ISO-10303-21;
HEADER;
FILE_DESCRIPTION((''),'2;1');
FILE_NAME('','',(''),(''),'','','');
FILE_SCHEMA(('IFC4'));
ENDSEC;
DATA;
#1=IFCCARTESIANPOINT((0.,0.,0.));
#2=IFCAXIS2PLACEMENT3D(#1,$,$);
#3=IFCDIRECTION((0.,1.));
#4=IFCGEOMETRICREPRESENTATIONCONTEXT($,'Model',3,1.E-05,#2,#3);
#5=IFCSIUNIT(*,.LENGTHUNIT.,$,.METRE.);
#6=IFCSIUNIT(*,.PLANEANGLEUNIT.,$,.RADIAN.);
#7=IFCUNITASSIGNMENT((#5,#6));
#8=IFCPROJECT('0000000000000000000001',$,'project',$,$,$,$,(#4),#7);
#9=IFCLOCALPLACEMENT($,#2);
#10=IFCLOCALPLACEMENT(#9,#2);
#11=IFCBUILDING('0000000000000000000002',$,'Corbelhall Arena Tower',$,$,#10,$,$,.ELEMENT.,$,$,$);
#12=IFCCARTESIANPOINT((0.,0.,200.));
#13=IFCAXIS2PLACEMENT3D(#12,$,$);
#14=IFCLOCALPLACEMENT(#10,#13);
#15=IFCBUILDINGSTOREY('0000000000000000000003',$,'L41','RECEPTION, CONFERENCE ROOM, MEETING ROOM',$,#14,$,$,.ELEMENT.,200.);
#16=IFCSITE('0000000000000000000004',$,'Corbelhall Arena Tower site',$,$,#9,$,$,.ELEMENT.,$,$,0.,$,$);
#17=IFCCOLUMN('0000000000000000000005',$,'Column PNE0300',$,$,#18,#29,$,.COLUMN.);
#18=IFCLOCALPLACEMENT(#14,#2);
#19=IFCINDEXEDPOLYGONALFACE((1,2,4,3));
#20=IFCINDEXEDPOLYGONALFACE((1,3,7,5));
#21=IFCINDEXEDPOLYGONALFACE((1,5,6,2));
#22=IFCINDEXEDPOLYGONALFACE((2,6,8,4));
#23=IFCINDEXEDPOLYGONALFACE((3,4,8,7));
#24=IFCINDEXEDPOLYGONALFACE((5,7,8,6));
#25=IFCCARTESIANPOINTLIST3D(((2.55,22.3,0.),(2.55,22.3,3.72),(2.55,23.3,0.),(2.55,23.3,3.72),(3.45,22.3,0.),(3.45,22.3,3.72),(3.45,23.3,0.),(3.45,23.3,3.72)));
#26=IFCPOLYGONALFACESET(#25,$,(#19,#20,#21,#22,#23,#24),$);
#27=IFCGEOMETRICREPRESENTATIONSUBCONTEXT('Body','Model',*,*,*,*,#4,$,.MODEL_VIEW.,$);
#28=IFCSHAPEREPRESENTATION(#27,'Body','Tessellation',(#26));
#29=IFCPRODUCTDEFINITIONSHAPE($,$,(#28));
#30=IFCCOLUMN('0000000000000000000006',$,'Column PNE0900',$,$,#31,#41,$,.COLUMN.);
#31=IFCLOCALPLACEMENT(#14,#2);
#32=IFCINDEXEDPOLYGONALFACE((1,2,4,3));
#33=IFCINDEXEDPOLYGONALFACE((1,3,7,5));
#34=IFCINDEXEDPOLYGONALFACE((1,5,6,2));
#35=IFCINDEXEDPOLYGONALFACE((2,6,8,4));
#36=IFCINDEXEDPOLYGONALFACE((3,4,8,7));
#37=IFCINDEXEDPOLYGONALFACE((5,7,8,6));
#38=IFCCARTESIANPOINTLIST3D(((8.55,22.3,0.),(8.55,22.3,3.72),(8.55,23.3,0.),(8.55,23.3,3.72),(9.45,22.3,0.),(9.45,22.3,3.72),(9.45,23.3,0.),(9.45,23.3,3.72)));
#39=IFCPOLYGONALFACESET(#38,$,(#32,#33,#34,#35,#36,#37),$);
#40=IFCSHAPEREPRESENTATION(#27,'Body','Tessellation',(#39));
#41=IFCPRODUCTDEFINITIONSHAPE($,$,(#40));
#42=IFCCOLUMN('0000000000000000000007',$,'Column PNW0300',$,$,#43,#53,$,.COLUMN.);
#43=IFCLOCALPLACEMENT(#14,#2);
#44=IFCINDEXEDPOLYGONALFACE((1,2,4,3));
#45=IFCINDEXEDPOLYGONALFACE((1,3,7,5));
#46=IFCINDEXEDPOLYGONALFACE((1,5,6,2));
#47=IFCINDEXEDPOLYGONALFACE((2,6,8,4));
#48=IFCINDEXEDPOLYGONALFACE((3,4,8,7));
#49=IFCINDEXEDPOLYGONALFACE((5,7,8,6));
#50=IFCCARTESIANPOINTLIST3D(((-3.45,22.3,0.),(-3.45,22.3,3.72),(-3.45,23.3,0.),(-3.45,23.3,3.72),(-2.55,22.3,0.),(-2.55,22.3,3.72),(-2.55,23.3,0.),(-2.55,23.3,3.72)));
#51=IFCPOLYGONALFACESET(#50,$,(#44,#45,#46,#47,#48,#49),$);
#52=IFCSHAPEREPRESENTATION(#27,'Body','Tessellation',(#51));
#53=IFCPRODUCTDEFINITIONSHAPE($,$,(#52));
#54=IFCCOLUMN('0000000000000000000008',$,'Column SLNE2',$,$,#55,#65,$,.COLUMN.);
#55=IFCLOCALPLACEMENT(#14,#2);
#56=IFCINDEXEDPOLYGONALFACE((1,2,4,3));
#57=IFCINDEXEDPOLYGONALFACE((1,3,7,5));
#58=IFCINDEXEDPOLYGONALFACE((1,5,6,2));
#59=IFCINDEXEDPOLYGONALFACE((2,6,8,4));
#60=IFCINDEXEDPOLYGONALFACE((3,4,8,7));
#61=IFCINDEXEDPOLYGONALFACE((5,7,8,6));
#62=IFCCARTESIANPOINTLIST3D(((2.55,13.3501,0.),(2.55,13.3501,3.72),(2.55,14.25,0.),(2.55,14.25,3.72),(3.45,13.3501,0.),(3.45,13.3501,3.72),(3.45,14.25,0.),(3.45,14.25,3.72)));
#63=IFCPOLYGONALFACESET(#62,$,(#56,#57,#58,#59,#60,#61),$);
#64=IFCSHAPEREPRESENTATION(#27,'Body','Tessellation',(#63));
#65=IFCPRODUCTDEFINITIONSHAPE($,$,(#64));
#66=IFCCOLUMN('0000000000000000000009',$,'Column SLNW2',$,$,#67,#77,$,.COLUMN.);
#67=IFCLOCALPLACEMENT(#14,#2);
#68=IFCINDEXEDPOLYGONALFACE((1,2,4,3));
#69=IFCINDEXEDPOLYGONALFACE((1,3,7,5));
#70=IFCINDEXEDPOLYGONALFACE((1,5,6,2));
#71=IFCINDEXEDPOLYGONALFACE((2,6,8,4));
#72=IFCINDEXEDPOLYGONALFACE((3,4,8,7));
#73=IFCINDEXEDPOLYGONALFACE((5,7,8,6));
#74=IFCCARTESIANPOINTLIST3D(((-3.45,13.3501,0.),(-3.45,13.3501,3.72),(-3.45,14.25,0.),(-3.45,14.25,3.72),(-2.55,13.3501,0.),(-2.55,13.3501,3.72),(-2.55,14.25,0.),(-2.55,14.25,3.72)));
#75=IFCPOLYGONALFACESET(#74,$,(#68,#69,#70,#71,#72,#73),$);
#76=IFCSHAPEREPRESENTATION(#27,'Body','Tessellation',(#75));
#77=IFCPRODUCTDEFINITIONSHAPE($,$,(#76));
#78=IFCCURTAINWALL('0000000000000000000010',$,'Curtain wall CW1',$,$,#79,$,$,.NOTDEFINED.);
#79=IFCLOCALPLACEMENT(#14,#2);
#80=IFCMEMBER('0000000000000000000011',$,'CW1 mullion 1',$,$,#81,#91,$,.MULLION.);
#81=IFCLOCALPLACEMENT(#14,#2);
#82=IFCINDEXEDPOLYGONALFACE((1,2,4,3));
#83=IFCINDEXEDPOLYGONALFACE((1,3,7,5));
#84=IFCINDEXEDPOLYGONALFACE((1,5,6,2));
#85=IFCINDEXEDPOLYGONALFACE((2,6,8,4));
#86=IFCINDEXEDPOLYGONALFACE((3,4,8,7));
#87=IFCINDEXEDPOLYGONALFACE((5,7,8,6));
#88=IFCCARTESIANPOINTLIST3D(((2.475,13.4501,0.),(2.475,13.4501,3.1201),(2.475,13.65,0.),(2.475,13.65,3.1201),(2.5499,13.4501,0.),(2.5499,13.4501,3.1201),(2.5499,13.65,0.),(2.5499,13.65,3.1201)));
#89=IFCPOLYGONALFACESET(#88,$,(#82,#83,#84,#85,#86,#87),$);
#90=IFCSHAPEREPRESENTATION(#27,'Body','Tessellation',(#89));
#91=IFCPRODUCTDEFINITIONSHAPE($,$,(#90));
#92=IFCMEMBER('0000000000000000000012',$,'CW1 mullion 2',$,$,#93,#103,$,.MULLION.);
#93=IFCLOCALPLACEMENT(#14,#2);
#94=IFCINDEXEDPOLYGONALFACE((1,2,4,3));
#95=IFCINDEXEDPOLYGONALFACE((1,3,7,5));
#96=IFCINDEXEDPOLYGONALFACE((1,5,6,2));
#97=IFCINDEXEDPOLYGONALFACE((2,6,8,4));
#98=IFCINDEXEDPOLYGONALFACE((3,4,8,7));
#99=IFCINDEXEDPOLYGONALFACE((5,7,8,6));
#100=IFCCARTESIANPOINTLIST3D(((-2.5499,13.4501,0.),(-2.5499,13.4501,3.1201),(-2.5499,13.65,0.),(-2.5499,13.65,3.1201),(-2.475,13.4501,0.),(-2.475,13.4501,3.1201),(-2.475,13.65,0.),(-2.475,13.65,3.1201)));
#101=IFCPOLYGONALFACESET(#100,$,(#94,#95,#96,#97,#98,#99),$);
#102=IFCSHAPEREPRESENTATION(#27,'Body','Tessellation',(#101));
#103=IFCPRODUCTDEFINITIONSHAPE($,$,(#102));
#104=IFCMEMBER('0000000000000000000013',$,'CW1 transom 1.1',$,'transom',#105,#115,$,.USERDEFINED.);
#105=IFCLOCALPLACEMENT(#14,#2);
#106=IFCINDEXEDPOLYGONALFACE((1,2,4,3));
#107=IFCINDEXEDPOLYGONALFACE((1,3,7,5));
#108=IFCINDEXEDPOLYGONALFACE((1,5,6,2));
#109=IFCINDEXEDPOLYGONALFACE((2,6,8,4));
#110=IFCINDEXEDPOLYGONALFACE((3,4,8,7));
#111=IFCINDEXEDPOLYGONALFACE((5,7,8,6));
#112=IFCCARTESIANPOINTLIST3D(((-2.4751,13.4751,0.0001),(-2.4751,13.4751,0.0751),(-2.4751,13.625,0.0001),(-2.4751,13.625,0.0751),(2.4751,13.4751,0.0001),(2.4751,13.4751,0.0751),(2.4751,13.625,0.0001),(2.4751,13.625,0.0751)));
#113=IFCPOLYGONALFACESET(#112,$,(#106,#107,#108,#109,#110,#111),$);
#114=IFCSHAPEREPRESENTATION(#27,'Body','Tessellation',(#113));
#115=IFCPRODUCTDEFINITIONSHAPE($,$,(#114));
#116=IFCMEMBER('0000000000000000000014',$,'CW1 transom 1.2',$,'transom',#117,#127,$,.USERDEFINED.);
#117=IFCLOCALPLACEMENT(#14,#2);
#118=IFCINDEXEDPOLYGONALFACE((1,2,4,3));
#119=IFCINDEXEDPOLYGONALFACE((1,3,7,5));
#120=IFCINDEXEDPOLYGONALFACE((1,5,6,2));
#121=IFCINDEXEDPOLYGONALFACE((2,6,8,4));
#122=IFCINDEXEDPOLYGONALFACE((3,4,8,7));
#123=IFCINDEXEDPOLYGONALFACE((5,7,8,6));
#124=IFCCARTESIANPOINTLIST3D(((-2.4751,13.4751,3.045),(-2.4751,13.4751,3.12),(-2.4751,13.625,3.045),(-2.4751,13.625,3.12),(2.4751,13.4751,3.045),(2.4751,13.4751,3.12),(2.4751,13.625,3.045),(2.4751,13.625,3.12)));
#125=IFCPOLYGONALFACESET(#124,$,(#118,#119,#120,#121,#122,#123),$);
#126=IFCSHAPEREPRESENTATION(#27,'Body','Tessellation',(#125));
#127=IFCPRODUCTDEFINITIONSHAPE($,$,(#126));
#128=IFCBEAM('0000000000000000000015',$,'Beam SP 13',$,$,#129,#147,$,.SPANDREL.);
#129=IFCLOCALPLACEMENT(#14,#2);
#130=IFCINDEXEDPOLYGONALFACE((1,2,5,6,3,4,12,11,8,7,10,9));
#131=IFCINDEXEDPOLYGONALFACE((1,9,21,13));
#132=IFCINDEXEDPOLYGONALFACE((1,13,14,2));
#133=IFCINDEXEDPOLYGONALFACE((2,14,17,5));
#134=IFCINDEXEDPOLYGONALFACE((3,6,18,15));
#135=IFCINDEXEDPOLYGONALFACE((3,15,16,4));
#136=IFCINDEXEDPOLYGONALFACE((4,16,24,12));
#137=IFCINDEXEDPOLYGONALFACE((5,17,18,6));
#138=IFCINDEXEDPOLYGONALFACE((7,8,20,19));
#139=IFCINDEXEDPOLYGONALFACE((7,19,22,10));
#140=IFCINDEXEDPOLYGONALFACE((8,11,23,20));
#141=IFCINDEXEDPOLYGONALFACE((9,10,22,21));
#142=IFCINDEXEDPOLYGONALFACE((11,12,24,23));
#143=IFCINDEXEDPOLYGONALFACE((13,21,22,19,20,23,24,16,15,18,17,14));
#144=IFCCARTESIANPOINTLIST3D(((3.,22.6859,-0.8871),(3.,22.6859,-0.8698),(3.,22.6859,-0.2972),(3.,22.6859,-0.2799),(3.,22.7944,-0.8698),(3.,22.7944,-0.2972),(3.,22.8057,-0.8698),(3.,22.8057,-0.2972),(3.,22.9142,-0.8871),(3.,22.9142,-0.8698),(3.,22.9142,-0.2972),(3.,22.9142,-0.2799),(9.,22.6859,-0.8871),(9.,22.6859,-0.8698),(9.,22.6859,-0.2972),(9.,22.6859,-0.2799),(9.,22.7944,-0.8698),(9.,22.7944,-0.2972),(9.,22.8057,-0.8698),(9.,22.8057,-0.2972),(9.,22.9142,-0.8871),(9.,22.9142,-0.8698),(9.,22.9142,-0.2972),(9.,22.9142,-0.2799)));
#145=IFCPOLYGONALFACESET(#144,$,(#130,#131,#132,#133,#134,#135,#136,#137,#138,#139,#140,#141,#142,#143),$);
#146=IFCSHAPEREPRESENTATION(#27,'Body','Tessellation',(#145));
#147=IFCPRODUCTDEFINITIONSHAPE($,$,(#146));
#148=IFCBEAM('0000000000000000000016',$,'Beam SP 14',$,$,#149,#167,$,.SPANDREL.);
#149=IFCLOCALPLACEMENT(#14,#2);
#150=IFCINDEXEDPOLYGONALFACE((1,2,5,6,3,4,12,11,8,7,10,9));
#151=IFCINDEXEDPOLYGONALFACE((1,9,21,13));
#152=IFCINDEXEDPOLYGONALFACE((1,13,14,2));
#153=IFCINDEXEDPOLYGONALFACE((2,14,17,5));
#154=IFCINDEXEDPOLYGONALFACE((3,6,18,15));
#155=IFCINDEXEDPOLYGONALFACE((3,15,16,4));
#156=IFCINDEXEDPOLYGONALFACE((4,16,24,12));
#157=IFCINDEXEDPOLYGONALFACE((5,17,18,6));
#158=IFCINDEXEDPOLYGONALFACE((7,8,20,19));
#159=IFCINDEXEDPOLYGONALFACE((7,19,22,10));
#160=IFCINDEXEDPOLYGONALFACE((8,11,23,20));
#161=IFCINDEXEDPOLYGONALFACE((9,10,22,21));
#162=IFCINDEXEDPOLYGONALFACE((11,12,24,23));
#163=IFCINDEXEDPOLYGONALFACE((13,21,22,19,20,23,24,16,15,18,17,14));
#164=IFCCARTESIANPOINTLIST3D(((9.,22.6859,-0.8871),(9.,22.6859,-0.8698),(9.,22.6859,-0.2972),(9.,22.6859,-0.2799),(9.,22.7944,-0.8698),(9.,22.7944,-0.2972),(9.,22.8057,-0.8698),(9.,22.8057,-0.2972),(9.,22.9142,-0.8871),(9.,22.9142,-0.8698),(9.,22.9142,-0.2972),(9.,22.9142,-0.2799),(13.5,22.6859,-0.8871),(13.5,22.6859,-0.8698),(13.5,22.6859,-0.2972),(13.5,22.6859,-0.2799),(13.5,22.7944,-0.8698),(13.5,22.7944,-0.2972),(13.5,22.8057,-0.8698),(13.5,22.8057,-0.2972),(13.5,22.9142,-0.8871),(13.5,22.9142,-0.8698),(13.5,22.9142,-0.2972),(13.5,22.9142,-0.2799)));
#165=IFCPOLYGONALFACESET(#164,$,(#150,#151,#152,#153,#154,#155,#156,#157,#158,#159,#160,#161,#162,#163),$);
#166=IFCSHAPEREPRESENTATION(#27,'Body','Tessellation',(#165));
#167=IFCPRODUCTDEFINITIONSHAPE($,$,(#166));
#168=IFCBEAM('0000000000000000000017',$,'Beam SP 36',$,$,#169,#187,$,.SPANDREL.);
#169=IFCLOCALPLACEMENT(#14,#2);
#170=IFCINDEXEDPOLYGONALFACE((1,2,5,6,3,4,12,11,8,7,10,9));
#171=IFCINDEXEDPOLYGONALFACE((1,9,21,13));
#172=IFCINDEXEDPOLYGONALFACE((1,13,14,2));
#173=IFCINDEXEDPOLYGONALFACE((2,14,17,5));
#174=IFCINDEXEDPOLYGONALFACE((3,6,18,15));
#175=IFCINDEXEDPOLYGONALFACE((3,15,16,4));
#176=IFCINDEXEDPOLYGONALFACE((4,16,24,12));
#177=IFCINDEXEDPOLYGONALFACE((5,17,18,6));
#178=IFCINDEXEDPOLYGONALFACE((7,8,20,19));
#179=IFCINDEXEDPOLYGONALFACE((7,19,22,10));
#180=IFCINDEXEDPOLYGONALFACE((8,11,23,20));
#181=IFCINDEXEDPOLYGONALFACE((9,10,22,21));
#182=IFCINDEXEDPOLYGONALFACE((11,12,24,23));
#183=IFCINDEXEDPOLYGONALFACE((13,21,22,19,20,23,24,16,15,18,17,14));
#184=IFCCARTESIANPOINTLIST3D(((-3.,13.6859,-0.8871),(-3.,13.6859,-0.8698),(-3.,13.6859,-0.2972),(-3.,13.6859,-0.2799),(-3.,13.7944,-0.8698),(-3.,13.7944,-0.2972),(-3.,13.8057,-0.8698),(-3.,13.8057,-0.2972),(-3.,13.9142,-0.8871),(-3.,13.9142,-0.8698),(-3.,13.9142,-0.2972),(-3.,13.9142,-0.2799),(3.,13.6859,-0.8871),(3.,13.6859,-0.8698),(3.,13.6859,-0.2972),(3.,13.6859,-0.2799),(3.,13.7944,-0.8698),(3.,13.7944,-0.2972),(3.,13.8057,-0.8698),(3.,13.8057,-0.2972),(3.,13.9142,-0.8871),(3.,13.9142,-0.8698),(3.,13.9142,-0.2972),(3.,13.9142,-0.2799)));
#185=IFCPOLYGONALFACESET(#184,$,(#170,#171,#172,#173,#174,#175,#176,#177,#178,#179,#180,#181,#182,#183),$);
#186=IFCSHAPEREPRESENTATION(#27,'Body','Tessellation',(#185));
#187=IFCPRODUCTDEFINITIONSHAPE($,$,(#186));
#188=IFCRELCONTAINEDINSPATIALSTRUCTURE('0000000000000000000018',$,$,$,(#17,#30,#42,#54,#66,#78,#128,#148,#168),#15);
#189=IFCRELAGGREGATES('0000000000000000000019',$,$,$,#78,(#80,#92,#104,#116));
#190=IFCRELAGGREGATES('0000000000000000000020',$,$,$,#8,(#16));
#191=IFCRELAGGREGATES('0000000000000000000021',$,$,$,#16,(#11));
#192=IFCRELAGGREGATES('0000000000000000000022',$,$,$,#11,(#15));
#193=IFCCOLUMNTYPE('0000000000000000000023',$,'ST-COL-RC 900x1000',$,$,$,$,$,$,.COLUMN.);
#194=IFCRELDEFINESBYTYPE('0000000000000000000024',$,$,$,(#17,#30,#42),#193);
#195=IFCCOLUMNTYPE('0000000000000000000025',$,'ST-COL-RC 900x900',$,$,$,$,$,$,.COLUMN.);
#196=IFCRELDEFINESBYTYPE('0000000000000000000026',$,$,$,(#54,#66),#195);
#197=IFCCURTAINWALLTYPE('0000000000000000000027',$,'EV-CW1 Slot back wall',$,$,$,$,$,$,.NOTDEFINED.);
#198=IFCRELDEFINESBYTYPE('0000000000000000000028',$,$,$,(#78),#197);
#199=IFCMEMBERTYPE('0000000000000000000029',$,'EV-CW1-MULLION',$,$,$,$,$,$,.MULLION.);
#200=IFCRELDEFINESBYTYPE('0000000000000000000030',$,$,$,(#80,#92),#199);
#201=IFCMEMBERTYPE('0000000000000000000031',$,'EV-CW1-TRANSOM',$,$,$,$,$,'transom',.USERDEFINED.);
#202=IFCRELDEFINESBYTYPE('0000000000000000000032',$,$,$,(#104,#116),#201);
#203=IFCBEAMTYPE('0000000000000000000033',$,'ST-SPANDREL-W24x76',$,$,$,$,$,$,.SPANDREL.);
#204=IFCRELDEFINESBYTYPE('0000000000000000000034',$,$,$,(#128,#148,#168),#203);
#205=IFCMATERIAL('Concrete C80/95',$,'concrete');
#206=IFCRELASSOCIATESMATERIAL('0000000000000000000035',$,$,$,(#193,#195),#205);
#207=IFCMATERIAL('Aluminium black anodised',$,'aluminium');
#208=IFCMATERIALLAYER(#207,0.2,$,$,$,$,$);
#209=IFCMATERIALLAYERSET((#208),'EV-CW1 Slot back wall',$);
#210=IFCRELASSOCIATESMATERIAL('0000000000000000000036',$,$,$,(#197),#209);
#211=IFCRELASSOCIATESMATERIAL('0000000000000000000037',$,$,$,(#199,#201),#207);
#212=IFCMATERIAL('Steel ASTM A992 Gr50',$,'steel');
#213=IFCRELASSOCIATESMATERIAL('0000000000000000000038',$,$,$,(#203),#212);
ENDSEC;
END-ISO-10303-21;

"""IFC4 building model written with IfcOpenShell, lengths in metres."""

from ifc_helpers import new_model, si_unit, direction, frame, origin, origin_2d, place, context, subcontext, project, spatial, rectangle, i_section, extrude, material, layer, layer_set, material_profile, profile_set, type_object, element, aggregate, save


model = new_model("IFC4")

# Units and contexts
model_context = context("Model", 3, precision=1e-05, world=origin(), true_north=direction((0.0, 1.0)))
body_context = subcontext(model_context, "Body", "Model", "MODEL_VIEW")
ifc_project = project(units=[si_unit("LENGTHUNIT", "METRE"), si_unit("PLANEANGLEUNIT", "RADIAN")], contexts=[model_context])

# Site, building, storey
site_placement = place(None, origin())
site = spatial("IfcSite", under=ifc_project, at=site_placement, Name="Corbelhall Arena Tower site", CompositionType="ELEMENT", RefElevation=0.0)
building_placement = place(site_placement, origin())
building = spatial("IfcBuilding", under=site, at=building_placement, Name="Corbelhall Arena Tower", CompositionType="ELEMENT")
storey_placement = place(building_placement, frame((0.0, 0.0, 200.0)))
storey = spatial("IfcBuildingStorey", under=building, at=storey_placement, Name="L41", Description="RECEPTION, CONFERENCE ROOM, MEETING ROOM", CompositionType="ELEMENT", Elevation=200.0)

# Columns
ifc_material_1 = material(Name="Concrete C80/95", Category="concrete")
ifc_material_profile_1 = material_profile(ifc_material_1, rectangle(XDim=0.8999, YDim=1.0, at=origin_2d()))
ifc_profile_set_1 = profile_set([ifc_material_profile_1], Name="Concrete C80/95")
column_type_1 = type_object("IfcColumnType", Name="ST-COL-RC 900x1000", PredefinedType="COLUMN", material=ifc_profile_set_1)
for number, where, z_axis, x_axis, name in (
    (1, (3.0, 22.8, 0.0), (0.0, 0.0, 1.0), (1.0, 0.0, 0.0), "Column PNE0300"),
    (2, (9.0, 22.8, 0.0), (0.0, 0.0, 1.0), (1.0, 0.0, 0.0), "Column PNE0900"),
    (3, (-3.0, 22.8, 0.0), (0.0, 0.0, 1.0), (1.0, 0.0, 0.0), "Column PNW0300"),
):
    element("IfcColumn", number, at=place(storey_placement, frame(where, z_axis=z_axis, x_axis=x_axis)), inside=storey, type_object=column_type_1, Name=name, PredefinedType="COLUMN", context=body_context, shape_type="SweptSolid", body=[
        extrude(rectangle(XDim=0.8999, YDim=1.0, at=origin_2d()), origin(), (0.0, 0.0, 1.0), 3.72),
    ])
ifc_material_profile_2 = material_profile(ifc_material_1, rectangle(XDim=0.8999, YDim=0.8999, at=origin_2d()))
ifc_profile_set_2 = profile_set([ifc_material_profile_2], Name="Concrete C80/95")
column_type_2 = type_object("IfcColumnType", Name="ST-COL-RC 900x900", PredefinedType="COLUMN", material=ifc_profile_set_2)
for number, where, z_axis, x_axis, name in (
    (4, (3.0, 13.8, 0.0), (0.0, 0.0, 1.0), (1.0, 0.0, 0.0), "Column SLNE2"),
    (5, (-3.0, 13.8, 0.0), (0.0, 0.0, 1.0), (1.0, 0.0, 0.0), "Column SLNW2"),
):
    element("IfcColumn", number, at=place(storey_placement, frame(where, z_axis=z_axis, x_axis=x_axis)), inside=storey, type_object=column_type_2, Name=name, PredefinedType="COLUMN", context=body_context, shape_type="SweptSolid", body=[
        extrude(rectangle(XDim=0.8999, YDim=0.8999, at=origin_2d()), origin(), (0.0, 0.0, 1.0), 3.72),
    ])

# Curtain wall, members
ifc_material_2 = material(Name="Aluminium black anodised", Category="aluminium")
ifc_layer_1 = layer(ifc_material_2, 0.2)
ifc_layer_set_1 = layer_set([ifc_layer_1], Name="EV-CW1 Slot back wall")
curtain_wall_type = type_object("IfcCurtainWallType", Name="EV-CW1 Slot back wall", PredefinedType="NOTDEFINED", material=ifc_layer_set_1)
curtain_wall_placement = place(storey_placement, origin())
curtain_wall = element("IfcCurtainWall", 6, at=curtain_wall_placement, inside=storey, type_object=curtain_wall_type, Name="Curtain wall CW1", PredefinedType="NOTDEFINED")
ifc_material_profile_3 = material_profile(ifc_material_2, rectangle(XDim=0.2, YDim=0.075, at=origin_2d()))
ifc_profile_set_3 = profile_set([ifc_material_profile_3], Name="Aluminium black anodised")
member_type_1 = type_object("IfcMemberType", Name="EV-CW1-MULLION", PredefinedType="MULLION", material=ifc_profile_set_3)
member_1_placement = place(storey_placement, frame((2.5125, 13.55, 0.0), z_axis=(0.0, 0.0, 1.0), x_axis=(0.0, -1.0, 0.0)))
member_1 = element("IfcMember", 7, at=member_1_placement, type_object=member_type_1, Name="CW1 mullion 1", PredefinedType="MULLION", context=body_context, shape_type="SweptSolid", body=[
    extrude(rectangle(XDim=0.2, YDim=0.075, at=origin_2d()), origin(), (0.0, 0.0, 1.0), 3.1201),
])
member_2_placement = place(storey_placement, frame((-2.5125, 13.55, 0.0), z_axis=(0.0, 0.0, 1.0), x_axis=(0.0, -1.0, 0.0)))
member_2 = element("IfcMember", 8, at=member_2_placement, type_object=member_type_1, Name="CW1 mullion 2", PredefinedType="MULLION", context=body_context, shape_type="SweptSolid", body=[
    extrude(rectangle(XDim=0.2, YDim=0.075, at=origin_2d()), origin(), (0.0, 0.0, 1.0), 3.1201),
])
ifc_material_profile_4 = material_profile(ifc_material_2, rectangle(XDim=0.1499, YDim=0.075, at=origin_2d()))
ifc_profile_set_4 = profile_set([ifc_material_profile_4], Name="Aluminium black anodised")
member_type_2 = type_object("IfcMemberType", Name="EV-CW1-TRANSOM", ElementType="transom", PredefinedType="USERDEFINED", material=ifc_profile_set_4)
member_3_placement = place(storey_placement, frame((2.4751, 13.55, 0.0376), z_axis=(-1.0, 0.0, 0.0), x_axis=(0.0, -1.0, 0.0)))
member_3 = element("IfcMember", 9, at=member_3_placement, type_object=member_type_2, Name="CW1 transom 1.1", ObjectType="transom", PredefinedType="USERDEFINED", context=body_context, shape_type="SweptSolid", body=[
    extrude(rectangle(XDim=0.1499, YDim=0.075, at=origin_2d()), origin(), (0.0, 0.0, 1.0), 4.9502),
])
member_4_placement = place(storey_placement, frame((2.4751, 13.55, 3.0825), z_axis=(-1.0, 0.0, 0.0), x_axis=(0.0, -1.0, 0.0)))
member_4 = element("IfcMember", 10, at=member_4_placement, type_object=member_type_2, Name="CW1 transom 1.2", ObjectType="transom", PredefinedType="USERDEFINED", context=body_context, shape_type="SweptSolid", body=[
    extrude(rectangle(XDim=0.1499, YDim=0.075, at=origin_2d()), origin(), (0.0, 0.0, 1.0), 4.9502),
])

# Beams
ifc_material_3 = material(Name="Steel ASTM A992 Gr50", Category="steel")
ifc_material_profile_5 = material_profile(ifc_material_3, i_section(OverallWidth=0.2283, OverallDepth=0.6072, WebThickness=0.0112, FlangeThickness=0.0173, at=origin_2d()))
ifc_profile_set_5 = profile_set([ifc_material_profile_5], Name="Steel ASTM A992 Gr50")
beam_type_1 = type_object("IfcBeamType", Name="ST-SPANDREL-W24x76", PredefinedType="SPANDREL", material=ifc_profile_set_5)
beam_1_placement = place(storey_placement, frame((3.0, 22.8, -0.5835), z_axis=(1.0, 0.0, 0.0), x_axis=(0.0, 1.0, 0.0)))
element("IfcBeam", 11, at=beam_1_placement, inside=storey, type_object=beam_type_1, Name="Beam SP 13", PredefinedType="SPANDREL", context=body_context, shape_type="SweptSolid", body=[
    extrude(i_section(OverallWidth=0.2283, OverallDepth=0.6072, WebThickness=0.0112, FlangeThickness=0.0173, at=origin_2d()), origin(), (0.0, 0.0, 1.0), 6.0),
])
beam_2_placement = place(storey_placement, frame((9.0, 22.8, -0.5835), z_axis=(1.0, 0.0, 0.0), x_axis=(0.0, 1.0, 0.0)))
element("IfcBeam", 12, at=beam_2_placement, inside=storey, type_object=beam_type_1, Name="Beam SP 14", PredefinedType="SPANDREL", context=body_context, shape_type="SweptSolid", body=[
    extrude(i_section(OverallWidth=0.2283, OverallDepth=0.6072, WebThickness=0.0112, FlangeThickness=0.0173, at=origin_2d()), origin(), (0.0, 0.0, 1.0), 4.5),
])
beam_3_placement = place(storey_placement, frame((-3.0, 13.8, -0.5835), z_axis=(1.0, 0.0, 0.0), x_axis=(0.0, 1.0, 0.0)))
element("IfcBeam", 13, at=beam_3_placement, inside=storey, type_object=beam_type_1, Name="Beam SP 36", PredefinedType="SPANDREL", context=body_context, shape_type="SweptSolid", body=[
    extrude(i_section(OverallWidth=0.2283, OverallDepth=0.6072, WebThickness=0.0112, FlangeThickness=0.0173, at=origin_2d()), origin(), (0.0, 0.0, 1.0), 6.0),
])

aggregate(curtain_wall, [member_1, member_2, member_3, member_4])

save(model, "model.ifc")
